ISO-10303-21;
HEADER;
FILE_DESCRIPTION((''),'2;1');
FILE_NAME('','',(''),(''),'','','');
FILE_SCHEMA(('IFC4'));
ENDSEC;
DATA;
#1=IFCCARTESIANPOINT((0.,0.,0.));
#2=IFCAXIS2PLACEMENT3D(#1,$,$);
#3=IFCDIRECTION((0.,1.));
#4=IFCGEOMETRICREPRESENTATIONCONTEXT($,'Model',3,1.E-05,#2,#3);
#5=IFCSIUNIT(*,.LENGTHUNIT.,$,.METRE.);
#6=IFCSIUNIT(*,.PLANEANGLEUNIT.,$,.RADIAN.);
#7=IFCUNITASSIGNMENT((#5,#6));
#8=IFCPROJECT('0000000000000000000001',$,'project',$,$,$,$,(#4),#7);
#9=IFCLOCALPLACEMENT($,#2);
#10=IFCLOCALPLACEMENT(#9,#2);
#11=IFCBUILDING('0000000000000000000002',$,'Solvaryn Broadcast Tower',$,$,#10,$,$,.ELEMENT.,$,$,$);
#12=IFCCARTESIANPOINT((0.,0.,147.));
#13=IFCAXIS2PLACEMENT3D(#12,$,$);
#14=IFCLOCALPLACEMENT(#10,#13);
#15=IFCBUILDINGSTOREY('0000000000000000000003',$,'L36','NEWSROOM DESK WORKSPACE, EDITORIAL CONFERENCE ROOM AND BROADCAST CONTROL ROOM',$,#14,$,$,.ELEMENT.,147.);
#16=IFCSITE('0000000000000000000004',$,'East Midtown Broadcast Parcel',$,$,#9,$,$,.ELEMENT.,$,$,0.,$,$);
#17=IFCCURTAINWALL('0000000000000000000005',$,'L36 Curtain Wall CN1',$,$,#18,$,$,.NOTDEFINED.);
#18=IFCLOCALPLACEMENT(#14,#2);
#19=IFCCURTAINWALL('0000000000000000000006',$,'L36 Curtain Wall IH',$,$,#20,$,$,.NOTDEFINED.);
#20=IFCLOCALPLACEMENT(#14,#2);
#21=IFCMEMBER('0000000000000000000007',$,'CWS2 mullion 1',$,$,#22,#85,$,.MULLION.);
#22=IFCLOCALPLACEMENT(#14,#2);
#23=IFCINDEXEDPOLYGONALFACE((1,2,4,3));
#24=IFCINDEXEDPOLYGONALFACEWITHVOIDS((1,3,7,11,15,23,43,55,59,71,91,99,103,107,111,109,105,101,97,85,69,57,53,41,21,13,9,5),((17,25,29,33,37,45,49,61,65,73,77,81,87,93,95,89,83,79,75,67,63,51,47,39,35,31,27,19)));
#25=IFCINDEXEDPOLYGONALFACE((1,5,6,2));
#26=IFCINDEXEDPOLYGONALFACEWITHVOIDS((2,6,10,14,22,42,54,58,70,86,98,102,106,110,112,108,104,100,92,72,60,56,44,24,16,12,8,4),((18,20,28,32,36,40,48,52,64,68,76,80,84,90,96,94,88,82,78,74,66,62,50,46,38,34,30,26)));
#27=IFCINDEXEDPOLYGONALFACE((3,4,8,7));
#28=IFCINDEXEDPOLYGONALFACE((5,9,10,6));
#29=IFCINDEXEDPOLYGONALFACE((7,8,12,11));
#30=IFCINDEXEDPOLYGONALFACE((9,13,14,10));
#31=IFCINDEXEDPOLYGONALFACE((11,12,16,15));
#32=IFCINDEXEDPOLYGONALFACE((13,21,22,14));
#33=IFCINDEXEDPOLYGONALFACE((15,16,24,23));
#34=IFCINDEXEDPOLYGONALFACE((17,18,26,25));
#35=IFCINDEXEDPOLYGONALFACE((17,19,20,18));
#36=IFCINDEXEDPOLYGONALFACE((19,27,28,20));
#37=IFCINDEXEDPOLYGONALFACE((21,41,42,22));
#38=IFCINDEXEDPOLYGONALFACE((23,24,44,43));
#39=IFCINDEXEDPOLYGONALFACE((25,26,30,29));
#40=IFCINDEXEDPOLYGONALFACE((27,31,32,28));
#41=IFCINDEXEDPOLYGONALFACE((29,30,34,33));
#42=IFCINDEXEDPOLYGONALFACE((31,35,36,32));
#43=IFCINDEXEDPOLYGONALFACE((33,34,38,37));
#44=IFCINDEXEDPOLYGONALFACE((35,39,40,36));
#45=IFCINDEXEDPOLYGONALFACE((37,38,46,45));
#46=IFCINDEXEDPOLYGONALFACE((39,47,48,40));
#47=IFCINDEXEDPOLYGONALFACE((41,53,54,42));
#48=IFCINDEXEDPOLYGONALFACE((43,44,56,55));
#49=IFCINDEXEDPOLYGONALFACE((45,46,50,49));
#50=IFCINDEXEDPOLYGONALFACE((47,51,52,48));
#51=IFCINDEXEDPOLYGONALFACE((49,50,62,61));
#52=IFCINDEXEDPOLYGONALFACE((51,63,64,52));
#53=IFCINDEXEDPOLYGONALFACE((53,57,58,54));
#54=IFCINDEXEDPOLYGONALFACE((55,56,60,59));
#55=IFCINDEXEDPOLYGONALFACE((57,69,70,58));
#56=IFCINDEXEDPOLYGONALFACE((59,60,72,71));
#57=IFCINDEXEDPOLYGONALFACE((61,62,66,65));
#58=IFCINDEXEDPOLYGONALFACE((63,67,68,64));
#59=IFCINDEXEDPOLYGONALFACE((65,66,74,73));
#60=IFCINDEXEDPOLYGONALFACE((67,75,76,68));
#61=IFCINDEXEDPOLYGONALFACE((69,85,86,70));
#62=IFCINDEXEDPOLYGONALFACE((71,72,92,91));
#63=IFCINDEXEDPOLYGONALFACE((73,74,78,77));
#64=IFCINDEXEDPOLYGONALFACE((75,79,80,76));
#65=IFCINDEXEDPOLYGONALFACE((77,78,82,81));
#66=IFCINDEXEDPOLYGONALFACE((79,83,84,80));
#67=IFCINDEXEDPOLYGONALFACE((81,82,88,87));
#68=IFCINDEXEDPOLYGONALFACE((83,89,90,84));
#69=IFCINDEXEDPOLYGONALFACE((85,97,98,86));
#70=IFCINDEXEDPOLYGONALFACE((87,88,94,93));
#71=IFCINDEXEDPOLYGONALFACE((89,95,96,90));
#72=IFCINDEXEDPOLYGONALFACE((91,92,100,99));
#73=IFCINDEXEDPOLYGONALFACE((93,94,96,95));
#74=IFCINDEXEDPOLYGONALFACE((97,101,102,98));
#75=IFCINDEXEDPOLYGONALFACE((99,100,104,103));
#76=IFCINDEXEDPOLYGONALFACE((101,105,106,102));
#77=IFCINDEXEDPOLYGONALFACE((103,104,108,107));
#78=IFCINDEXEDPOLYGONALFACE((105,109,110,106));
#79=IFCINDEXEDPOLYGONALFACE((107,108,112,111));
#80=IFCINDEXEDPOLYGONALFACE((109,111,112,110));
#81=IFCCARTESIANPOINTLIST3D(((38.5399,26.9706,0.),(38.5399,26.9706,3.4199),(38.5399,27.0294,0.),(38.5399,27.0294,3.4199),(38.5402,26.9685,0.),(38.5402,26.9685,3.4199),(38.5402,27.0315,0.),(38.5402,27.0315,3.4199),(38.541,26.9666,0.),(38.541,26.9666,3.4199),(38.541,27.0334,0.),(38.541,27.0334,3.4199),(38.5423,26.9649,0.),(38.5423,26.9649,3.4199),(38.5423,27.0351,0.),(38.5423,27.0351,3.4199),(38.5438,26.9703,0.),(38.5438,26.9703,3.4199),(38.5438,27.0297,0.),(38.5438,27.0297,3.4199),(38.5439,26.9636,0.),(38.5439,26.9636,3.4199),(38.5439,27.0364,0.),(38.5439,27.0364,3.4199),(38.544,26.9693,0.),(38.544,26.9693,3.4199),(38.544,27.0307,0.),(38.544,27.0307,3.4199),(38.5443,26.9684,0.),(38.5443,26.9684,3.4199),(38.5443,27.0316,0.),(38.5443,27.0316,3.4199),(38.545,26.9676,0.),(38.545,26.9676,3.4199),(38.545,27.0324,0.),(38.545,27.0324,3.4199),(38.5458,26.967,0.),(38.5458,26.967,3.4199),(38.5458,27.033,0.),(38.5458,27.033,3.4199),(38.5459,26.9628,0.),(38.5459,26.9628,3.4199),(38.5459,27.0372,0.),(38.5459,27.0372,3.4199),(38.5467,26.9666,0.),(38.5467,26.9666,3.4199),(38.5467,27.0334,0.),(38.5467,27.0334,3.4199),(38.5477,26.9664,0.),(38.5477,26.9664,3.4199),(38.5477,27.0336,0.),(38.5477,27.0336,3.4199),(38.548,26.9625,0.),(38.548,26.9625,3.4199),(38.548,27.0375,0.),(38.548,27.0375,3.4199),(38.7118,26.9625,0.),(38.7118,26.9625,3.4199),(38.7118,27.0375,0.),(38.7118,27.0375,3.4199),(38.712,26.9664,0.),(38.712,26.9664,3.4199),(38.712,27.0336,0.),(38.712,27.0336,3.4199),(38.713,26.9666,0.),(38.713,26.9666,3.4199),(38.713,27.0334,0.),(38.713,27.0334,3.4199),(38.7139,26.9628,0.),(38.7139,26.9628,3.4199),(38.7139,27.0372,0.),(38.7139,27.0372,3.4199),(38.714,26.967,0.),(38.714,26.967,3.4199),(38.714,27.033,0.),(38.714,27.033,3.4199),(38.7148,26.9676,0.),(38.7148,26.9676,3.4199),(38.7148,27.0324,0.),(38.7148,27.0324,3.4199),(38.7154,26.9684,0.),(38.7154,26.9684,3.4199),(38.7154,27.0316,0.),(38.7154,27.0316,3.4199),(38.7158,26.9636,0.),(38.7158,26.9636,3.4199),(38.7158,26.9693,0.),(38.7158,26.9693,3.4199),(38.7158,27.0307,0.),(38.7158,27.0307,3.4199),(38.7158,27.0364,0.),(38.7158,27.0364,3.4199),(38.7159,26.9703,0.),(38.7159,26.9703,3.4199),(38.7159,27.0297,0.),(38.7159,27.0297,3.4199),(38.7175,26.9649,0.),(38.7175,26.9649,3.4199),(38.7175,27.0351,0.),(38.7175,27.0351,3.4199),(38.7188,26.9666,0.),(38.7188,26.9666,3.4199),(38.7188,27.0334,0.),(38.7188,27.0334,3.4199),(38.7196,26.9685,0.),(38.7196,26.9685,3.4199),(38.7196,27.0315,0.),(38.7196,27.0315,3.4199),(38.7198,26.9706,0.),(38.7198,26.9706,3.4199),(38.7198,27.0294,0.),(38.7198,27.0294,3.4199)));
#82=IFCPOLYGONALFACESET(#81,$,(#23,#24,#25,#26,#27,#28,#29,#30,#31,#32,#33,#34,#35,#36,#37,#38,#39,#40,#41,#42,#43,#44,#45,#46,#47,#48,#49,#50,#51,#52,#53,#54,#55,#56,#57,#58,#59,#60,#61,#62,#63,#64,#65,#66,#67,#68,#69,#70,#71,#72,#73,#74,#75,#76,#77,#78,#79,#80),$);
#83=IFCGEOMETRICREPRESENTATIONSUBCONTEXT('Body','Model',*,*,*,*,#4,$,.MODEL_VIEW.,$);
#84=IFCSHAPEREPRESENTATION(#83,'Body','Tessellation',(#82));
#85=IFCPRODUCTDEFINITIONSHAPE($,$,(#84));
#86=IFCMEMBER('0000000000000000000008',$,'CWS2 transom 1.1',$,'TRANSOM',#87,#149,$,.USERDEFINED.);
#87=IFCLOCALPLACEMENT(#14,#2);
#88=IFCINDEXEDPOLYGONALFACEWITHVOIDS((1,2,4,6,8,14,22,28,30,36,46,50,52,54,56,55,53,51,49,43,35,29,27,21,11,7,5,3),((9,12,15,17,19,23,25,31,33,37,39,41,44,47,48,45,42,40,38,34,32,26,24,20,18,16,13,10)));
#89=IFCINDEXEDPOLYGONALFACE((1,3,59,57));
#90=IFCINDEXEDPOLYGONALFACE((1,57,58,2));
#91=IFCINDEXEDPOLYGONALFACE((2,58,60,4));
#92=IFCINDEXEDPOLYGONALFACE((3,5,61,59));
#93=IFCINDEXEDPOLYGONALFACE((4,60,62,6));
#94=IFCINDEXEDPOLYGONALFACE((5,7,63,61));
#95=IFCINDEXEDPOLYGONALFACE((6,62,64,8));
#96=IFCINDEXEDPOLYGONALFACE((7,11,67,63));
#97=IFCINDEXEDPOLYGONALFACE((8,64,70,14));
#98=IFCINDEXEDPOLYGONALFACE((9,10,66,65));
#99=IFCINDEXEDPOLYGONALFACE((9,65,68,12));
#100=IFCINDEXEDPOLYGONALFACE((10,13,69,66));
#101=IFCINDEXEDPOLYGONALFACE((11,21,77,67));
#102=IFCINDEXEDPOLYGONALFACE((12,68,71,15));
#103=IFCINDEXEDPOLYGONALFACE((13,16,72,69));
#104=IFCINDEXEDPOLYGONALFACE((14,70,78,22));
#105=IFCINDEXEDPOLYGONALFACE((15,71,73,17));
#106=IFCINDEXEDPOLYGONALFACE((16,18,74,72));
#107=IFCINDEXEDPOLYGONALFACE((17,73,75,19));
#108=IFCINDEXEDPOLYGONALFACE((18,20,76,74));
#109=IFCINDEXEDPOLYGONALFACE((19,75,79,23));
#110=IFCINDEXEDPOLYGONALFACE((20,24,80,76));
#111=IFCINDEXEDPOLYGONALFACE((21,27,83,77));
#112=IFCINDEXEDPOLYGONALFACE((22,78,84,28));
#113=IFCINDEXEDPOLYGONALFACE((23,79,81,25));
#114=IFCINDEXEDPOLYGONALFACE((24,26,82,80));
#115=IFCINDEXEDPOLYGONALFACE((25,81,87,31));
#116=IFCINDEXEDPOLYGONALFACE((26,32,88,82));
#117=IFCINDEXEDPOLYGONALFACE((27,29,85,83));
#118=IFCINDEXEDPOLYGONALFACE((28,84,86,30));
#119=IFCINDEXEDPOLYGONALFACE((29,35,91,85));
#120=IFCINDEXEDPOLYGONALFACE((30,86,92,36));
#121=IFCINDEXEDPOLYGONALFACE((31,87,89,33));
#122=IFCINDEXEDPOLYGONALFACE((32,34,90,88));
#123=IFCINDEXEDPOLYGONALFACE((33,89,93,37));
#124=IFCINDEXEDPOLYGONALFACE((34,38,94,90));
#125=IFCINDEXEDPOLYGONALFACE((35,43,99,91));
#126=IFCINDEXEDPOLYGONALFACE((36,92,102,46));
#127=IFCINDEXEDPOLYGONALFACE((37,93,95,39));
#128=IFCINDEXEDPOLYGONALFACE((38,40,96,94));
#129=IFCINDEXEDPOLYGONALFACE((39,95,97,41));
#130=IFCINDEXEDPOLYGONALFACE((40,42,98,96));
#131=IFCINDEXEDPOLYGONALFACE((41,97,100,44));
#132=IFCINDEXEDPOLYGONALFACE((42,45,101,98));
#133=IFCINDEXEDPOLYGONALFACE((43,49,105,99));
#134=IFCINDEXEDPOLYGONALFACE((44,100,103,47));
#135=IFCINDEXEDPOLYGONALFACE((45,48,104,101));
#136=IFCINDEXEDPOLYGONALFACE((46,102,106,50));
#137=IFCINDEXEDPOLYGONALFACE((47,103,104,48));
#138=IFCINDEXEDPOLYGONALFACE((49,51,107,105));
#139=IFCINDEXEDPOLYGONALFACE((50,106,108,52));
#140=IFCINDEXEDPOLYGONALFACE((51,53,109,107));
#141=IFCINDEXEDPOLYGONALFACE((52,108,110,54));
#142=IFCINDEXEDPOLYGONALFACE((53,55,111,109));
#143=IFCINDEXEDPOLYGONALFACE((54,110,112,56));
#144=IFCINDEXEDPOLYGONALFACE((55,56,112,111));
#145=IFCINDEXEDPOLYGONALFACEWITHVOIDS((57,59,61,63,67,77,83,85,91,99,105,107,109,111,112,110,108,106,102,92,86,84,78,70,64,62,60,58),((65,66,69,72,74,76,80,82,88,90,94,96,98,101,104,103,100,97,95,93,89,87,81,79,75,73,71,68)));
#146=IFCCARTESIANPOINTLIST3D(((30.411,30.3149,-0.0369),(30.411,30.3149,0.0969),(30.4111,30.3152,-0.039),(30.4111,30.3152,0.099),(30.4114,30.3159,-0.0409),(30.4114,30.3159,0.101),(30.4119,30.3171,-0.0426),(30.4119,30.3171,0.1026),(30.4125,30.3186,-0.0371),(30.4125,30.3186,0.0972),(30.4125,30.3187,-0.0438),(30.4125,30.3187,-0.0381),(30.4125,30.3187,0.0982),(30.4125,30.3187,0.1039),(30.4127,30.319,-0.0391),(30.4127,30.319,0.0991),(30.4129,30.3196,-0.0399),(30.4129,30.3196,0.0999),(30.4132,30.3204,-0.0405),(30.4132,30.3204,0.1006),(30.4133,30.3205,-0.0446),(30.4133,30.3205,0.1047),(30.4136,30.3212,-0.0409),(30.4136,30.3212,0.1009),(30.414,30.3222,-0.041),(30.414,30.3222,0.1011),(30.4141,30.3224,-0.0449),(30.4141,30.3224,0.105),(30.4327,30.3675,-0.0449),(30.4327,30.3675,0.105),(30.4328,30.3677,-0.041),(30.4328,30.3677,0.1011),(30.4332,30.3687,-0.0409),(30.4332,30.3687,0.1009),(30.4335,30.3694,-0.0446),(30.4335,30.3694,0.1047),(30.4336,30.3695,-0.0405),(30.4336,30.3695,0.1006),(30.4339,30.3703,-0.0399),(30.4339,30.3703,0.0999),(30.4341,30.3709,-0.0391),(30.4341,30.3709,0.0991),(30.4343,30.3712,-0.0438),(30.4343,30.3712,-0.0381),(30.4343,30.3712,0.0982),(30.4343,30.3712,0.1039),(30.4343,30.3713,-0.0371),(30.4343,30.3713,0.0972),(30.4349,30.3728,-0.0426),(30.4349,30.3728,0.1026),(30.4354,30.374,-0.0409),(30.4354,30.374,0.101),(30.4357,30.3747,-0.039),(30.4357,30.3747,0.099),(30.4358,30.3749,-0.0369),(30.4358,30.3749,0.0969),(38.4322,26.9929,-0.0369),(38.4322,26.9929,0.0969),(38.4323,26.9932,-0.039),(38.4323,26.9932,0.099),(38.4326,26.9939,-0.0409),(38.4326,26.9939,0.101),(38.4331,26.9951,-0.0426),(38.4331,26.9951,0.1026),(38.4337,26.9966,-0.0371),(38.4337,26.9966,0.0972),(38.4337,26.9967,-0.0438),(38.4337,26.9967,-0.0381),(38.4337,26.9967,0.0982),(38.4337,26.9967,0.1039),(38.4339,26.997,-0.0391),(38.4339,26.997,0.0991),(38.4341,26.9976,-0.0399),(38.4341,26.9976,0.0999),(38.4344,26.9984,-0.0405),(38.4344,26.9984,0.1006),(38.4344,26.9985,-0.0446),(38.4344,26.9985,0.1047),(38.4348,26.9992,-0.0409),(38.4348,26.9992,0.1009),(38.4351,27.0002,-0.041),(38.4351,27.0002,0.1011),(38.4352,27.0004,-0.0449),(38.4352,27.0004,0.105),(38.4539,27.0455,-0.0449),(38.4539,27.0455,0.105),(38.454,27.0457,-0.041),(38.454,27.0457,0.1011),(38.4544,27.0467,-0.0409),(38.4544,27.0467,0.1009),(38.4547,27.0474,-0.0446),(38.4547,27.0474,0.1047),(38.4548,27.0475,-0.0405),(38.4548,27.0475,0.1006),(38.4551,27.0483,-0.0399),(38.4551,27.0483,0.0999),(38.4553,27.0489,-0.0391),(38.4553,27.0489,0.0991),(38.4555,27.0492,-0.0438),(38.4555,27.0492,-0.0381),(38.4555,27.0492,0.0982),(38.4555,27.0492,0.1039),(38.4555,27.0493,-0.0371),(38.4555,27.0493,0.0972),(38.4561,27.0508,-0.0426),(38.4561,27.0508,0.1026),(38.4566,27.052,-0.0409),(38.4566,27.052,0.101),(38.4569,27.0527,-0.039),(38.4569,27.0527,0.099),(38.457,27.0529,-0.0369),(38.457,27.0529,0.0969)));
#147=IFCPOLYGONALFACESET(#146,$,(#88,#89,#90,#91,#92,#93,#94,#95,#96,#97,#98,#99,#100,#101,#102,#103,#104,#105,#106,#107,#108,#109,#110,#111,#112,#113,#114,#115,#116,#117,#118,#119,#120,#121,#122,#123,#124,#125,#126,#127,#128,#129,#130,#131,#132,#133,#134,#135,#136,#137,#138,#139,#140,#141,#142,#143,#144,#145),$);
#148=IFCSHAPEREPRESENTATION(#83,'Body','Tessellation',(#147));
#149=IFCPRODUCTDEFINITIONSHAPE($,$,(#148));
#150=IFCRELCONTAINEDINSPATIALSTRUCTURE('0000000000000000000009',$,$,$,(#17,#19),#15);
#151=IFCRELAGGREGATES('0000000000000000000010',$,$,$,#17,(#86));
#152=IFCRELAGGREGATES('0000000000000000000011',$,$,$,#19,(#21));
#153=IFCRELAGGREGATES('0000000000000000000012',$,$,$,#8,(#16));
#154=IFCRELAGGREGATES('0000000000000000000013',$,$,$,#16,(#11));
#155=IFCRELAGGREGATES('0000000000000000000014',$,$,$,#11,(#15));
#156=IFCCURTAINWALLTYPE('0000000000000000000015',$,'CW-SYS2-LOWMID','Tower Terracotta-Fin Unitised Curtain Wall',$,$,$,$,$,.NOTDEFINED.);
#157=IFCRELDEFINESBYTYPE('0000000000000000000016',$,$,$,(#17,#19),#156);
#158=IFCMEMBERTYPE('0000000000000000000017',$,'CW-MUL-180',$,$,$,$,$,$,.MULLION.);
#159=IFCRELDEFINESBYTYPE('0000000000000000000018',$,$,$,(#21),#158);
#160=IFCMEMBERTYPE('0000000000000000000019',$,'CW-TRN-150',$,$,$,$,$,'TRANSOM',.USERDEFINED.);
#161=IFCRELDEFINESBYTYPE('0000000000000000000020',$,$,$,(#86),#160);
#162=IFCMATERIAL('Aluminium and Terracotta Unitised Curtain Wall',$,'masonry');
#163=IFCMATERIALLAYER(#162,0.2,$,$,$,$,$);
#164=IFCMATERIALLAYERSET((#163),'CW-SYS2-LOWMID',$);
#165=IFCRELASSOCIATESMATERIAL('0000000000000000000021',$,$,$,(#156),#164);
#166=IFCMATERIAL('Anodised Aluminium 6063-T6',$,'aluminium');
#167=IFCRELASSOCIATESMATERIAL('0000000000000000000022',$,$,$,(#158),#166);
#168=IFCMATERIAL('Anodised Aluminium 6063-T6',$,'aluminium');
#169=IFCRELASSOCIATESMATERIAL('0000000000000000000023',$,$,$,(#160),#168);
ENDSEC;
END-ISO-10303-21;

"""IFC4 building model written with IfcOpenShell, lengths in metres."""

from ifc_helpers import new_model, si_unit, direction, frame, origin, origin_2d, place, context, subcontext, project, spatial, hollow_rectangle, extrude, material, layer, layer_set, material_profile, profile_set, type_object, element, aggregate, save


model = new_model("IFC4")

# Units and contexts
model_context = context("Model", 3, precision=1e-05, world=origin(), true_north=direction((0.0, 1.0)))
body_context = subcontext(model_context, "Body", "Model", "MODEL_VIEW")
ifc_project = project(units=[si_unit("LENGTHUNIT", "METRE"), si_unit("PLANEANGLEUNIT", "RADIAN")], contexts=[model_context])

# Site, building, storey
site_placement = place(None, origin())
site = spatial("IfcSite", under=ifc_project, at=site_placement, Name="East Midtown Broadcast Parcel", CompositionType="ELEMENT", RefElevation=0.0)
building_placement = place(site_placement, origin())
building = spatial("IfcBuilding", under=site, at=building_placement, Name="Solvaryn Broadcast Tower", CompositionType="ELEMENT")
storey_placement = place(building_placement, frame((0.0, 0.0, 147.0)))
storey = spatial("IfcBuildingStorey", under=building, at=storey_placement, Name="L36", Description="NEWSROOM DESK WORKSPACE, EDITORIAL CONFERENCE ROOM AND BROADCAST CONTROL ROOM", CompositionType="ELEMENT", Elevation=147.0)

# Curtain walls, member
ifc_material_1 = material(Name="Aluminium and Terracotta Unitised Curtain Wall", Category="masonry")
ifc_layer_1 = layer(ifc_material_1, 0.2)
ifc_layer_set_1 = layer_set([ifc_layer_1], Name="CW-SYS2-LOWMID")
curtain_wall_type = type_object("IfcCurtainWallType", Name="CW-SYS2-LOWMID", Description="Tower Terracotta-Fin Unitised Curtain Wall", PredefinedType="NOTDEFINED", material=ifc_layer_set_1)
curtain_wall_1_placement = place(storey_placement, origin())
curtain_wall_1 = element("IfcCurtainWall", 1, at=curtain_wall_1_placement, inside=storey, type_object=curtain_wall_type, Name="L36 Curtain Wall CN1", PredefinedType="NOTDEFINED")
ifc_material_2 = material(Name="Anodised Aluminium 6063-T6", Category="aluminium")
ifc_material_profile_1 = material_profile(ifc_material_2, hollow_rectangle(XDim=0.075, YDim=0.1799, WallThickness=0.0039, InnerFilletRadius=0.0039, OuterFilletRadius=0.0081, at=origin_2d()))
ifc_profile_set_1 = profile_set([ifc_material_profile_1], Name="Anodised Aluminium 6063-T6")
member_type_1 = type_object("IfcMemberType", Name="CW-MUL-180", PredefinedType="MULLION", material=ifc_profile_set_1)
curtain_wall_2_placement = place(storey_placement, origin())
curtain_wall_2 = element("IfcCurtainWall", 2, at=curtain_wall_2_placement, inside=storey, type_object=curtain_wall_type, Name="L36 Curtain Wall IH", PredefinedType="NOTDEFINED")
member_1_placement = place(storey_placement, frame((38.6299, 27.0, 0.0), z_axis=(0.0, 0.0, 1.0), x_axis=(0.0, 1.0, 0.0)))
member_1 = element("IfcMember", 3, at=member_1_placement, type_object=member_type_1, Name="CWS2 mullion 1", PredefinedType="MULLION", context=body_context, shape_type="SweptSolid", body=[
    extrude(hollow_rectangle(XDim=0.075, YDim=0.1799, WallThickness=0.0039, InnerFilletRadius=0.0039, OuterFilletRadius=0.0081, at=origin_2d()), origin(), (0.0, 0.0, 1.0), 3.4199),
])

# Member
ifc_material_3 = material(Name="Anodised Aluminium 6063-T6", Category="aluminium")
ifc_material_profile_2 = material_profile(ifc_material_3, hollow_rectangle(XDim=0.0649, YDim=0.1499, WallThickness=0.0039, InnerFilletRadius=0.0039, OuterFilletRadius=0.0081, at=origin_2d()))
ifc_profile_set_2 = profile_set([ifc_material_profile_2], Name="Anodised Aluminium 6063-T6")
member_type_2 = type_object("IfcMemberType", Name="CW-TRN-150", ElementType="TRANSOM", PredefinedType="USERDEFINED", material=ifc_profile_set_2)
member_2_placement = place(storey_placement, frame((38.4446, 27.0229, 0.03), z_axis=(-0.923899, 0.382636, 0.0), x_axis=(-0.382636, -0.923899, 0.0)))
member_2 = element("IfcMember", 4, at=member_2_placement, type_object=member_type_2, Name="CWS2 transom 1.1", ObjectType="TRANSOM", PredefinedType="USERDEFINED", context=body_context, shape_type="SweptSolid", body=[
    extrude(hollow_rectangle(XDim=0.0649, YDim=0.1499, WallThickness=0.0039, InnerFilletRadius=0.0039, OuterFilletRadius=0.0081, at=origin_2d()), origin(), (0.0, 0.0, 1.0), 8.6819),
])
aggregate(curtain_wall_1, [member_2])
aggregate(curtain_wall_2, [member_1])

save(model, "model.ifc")
